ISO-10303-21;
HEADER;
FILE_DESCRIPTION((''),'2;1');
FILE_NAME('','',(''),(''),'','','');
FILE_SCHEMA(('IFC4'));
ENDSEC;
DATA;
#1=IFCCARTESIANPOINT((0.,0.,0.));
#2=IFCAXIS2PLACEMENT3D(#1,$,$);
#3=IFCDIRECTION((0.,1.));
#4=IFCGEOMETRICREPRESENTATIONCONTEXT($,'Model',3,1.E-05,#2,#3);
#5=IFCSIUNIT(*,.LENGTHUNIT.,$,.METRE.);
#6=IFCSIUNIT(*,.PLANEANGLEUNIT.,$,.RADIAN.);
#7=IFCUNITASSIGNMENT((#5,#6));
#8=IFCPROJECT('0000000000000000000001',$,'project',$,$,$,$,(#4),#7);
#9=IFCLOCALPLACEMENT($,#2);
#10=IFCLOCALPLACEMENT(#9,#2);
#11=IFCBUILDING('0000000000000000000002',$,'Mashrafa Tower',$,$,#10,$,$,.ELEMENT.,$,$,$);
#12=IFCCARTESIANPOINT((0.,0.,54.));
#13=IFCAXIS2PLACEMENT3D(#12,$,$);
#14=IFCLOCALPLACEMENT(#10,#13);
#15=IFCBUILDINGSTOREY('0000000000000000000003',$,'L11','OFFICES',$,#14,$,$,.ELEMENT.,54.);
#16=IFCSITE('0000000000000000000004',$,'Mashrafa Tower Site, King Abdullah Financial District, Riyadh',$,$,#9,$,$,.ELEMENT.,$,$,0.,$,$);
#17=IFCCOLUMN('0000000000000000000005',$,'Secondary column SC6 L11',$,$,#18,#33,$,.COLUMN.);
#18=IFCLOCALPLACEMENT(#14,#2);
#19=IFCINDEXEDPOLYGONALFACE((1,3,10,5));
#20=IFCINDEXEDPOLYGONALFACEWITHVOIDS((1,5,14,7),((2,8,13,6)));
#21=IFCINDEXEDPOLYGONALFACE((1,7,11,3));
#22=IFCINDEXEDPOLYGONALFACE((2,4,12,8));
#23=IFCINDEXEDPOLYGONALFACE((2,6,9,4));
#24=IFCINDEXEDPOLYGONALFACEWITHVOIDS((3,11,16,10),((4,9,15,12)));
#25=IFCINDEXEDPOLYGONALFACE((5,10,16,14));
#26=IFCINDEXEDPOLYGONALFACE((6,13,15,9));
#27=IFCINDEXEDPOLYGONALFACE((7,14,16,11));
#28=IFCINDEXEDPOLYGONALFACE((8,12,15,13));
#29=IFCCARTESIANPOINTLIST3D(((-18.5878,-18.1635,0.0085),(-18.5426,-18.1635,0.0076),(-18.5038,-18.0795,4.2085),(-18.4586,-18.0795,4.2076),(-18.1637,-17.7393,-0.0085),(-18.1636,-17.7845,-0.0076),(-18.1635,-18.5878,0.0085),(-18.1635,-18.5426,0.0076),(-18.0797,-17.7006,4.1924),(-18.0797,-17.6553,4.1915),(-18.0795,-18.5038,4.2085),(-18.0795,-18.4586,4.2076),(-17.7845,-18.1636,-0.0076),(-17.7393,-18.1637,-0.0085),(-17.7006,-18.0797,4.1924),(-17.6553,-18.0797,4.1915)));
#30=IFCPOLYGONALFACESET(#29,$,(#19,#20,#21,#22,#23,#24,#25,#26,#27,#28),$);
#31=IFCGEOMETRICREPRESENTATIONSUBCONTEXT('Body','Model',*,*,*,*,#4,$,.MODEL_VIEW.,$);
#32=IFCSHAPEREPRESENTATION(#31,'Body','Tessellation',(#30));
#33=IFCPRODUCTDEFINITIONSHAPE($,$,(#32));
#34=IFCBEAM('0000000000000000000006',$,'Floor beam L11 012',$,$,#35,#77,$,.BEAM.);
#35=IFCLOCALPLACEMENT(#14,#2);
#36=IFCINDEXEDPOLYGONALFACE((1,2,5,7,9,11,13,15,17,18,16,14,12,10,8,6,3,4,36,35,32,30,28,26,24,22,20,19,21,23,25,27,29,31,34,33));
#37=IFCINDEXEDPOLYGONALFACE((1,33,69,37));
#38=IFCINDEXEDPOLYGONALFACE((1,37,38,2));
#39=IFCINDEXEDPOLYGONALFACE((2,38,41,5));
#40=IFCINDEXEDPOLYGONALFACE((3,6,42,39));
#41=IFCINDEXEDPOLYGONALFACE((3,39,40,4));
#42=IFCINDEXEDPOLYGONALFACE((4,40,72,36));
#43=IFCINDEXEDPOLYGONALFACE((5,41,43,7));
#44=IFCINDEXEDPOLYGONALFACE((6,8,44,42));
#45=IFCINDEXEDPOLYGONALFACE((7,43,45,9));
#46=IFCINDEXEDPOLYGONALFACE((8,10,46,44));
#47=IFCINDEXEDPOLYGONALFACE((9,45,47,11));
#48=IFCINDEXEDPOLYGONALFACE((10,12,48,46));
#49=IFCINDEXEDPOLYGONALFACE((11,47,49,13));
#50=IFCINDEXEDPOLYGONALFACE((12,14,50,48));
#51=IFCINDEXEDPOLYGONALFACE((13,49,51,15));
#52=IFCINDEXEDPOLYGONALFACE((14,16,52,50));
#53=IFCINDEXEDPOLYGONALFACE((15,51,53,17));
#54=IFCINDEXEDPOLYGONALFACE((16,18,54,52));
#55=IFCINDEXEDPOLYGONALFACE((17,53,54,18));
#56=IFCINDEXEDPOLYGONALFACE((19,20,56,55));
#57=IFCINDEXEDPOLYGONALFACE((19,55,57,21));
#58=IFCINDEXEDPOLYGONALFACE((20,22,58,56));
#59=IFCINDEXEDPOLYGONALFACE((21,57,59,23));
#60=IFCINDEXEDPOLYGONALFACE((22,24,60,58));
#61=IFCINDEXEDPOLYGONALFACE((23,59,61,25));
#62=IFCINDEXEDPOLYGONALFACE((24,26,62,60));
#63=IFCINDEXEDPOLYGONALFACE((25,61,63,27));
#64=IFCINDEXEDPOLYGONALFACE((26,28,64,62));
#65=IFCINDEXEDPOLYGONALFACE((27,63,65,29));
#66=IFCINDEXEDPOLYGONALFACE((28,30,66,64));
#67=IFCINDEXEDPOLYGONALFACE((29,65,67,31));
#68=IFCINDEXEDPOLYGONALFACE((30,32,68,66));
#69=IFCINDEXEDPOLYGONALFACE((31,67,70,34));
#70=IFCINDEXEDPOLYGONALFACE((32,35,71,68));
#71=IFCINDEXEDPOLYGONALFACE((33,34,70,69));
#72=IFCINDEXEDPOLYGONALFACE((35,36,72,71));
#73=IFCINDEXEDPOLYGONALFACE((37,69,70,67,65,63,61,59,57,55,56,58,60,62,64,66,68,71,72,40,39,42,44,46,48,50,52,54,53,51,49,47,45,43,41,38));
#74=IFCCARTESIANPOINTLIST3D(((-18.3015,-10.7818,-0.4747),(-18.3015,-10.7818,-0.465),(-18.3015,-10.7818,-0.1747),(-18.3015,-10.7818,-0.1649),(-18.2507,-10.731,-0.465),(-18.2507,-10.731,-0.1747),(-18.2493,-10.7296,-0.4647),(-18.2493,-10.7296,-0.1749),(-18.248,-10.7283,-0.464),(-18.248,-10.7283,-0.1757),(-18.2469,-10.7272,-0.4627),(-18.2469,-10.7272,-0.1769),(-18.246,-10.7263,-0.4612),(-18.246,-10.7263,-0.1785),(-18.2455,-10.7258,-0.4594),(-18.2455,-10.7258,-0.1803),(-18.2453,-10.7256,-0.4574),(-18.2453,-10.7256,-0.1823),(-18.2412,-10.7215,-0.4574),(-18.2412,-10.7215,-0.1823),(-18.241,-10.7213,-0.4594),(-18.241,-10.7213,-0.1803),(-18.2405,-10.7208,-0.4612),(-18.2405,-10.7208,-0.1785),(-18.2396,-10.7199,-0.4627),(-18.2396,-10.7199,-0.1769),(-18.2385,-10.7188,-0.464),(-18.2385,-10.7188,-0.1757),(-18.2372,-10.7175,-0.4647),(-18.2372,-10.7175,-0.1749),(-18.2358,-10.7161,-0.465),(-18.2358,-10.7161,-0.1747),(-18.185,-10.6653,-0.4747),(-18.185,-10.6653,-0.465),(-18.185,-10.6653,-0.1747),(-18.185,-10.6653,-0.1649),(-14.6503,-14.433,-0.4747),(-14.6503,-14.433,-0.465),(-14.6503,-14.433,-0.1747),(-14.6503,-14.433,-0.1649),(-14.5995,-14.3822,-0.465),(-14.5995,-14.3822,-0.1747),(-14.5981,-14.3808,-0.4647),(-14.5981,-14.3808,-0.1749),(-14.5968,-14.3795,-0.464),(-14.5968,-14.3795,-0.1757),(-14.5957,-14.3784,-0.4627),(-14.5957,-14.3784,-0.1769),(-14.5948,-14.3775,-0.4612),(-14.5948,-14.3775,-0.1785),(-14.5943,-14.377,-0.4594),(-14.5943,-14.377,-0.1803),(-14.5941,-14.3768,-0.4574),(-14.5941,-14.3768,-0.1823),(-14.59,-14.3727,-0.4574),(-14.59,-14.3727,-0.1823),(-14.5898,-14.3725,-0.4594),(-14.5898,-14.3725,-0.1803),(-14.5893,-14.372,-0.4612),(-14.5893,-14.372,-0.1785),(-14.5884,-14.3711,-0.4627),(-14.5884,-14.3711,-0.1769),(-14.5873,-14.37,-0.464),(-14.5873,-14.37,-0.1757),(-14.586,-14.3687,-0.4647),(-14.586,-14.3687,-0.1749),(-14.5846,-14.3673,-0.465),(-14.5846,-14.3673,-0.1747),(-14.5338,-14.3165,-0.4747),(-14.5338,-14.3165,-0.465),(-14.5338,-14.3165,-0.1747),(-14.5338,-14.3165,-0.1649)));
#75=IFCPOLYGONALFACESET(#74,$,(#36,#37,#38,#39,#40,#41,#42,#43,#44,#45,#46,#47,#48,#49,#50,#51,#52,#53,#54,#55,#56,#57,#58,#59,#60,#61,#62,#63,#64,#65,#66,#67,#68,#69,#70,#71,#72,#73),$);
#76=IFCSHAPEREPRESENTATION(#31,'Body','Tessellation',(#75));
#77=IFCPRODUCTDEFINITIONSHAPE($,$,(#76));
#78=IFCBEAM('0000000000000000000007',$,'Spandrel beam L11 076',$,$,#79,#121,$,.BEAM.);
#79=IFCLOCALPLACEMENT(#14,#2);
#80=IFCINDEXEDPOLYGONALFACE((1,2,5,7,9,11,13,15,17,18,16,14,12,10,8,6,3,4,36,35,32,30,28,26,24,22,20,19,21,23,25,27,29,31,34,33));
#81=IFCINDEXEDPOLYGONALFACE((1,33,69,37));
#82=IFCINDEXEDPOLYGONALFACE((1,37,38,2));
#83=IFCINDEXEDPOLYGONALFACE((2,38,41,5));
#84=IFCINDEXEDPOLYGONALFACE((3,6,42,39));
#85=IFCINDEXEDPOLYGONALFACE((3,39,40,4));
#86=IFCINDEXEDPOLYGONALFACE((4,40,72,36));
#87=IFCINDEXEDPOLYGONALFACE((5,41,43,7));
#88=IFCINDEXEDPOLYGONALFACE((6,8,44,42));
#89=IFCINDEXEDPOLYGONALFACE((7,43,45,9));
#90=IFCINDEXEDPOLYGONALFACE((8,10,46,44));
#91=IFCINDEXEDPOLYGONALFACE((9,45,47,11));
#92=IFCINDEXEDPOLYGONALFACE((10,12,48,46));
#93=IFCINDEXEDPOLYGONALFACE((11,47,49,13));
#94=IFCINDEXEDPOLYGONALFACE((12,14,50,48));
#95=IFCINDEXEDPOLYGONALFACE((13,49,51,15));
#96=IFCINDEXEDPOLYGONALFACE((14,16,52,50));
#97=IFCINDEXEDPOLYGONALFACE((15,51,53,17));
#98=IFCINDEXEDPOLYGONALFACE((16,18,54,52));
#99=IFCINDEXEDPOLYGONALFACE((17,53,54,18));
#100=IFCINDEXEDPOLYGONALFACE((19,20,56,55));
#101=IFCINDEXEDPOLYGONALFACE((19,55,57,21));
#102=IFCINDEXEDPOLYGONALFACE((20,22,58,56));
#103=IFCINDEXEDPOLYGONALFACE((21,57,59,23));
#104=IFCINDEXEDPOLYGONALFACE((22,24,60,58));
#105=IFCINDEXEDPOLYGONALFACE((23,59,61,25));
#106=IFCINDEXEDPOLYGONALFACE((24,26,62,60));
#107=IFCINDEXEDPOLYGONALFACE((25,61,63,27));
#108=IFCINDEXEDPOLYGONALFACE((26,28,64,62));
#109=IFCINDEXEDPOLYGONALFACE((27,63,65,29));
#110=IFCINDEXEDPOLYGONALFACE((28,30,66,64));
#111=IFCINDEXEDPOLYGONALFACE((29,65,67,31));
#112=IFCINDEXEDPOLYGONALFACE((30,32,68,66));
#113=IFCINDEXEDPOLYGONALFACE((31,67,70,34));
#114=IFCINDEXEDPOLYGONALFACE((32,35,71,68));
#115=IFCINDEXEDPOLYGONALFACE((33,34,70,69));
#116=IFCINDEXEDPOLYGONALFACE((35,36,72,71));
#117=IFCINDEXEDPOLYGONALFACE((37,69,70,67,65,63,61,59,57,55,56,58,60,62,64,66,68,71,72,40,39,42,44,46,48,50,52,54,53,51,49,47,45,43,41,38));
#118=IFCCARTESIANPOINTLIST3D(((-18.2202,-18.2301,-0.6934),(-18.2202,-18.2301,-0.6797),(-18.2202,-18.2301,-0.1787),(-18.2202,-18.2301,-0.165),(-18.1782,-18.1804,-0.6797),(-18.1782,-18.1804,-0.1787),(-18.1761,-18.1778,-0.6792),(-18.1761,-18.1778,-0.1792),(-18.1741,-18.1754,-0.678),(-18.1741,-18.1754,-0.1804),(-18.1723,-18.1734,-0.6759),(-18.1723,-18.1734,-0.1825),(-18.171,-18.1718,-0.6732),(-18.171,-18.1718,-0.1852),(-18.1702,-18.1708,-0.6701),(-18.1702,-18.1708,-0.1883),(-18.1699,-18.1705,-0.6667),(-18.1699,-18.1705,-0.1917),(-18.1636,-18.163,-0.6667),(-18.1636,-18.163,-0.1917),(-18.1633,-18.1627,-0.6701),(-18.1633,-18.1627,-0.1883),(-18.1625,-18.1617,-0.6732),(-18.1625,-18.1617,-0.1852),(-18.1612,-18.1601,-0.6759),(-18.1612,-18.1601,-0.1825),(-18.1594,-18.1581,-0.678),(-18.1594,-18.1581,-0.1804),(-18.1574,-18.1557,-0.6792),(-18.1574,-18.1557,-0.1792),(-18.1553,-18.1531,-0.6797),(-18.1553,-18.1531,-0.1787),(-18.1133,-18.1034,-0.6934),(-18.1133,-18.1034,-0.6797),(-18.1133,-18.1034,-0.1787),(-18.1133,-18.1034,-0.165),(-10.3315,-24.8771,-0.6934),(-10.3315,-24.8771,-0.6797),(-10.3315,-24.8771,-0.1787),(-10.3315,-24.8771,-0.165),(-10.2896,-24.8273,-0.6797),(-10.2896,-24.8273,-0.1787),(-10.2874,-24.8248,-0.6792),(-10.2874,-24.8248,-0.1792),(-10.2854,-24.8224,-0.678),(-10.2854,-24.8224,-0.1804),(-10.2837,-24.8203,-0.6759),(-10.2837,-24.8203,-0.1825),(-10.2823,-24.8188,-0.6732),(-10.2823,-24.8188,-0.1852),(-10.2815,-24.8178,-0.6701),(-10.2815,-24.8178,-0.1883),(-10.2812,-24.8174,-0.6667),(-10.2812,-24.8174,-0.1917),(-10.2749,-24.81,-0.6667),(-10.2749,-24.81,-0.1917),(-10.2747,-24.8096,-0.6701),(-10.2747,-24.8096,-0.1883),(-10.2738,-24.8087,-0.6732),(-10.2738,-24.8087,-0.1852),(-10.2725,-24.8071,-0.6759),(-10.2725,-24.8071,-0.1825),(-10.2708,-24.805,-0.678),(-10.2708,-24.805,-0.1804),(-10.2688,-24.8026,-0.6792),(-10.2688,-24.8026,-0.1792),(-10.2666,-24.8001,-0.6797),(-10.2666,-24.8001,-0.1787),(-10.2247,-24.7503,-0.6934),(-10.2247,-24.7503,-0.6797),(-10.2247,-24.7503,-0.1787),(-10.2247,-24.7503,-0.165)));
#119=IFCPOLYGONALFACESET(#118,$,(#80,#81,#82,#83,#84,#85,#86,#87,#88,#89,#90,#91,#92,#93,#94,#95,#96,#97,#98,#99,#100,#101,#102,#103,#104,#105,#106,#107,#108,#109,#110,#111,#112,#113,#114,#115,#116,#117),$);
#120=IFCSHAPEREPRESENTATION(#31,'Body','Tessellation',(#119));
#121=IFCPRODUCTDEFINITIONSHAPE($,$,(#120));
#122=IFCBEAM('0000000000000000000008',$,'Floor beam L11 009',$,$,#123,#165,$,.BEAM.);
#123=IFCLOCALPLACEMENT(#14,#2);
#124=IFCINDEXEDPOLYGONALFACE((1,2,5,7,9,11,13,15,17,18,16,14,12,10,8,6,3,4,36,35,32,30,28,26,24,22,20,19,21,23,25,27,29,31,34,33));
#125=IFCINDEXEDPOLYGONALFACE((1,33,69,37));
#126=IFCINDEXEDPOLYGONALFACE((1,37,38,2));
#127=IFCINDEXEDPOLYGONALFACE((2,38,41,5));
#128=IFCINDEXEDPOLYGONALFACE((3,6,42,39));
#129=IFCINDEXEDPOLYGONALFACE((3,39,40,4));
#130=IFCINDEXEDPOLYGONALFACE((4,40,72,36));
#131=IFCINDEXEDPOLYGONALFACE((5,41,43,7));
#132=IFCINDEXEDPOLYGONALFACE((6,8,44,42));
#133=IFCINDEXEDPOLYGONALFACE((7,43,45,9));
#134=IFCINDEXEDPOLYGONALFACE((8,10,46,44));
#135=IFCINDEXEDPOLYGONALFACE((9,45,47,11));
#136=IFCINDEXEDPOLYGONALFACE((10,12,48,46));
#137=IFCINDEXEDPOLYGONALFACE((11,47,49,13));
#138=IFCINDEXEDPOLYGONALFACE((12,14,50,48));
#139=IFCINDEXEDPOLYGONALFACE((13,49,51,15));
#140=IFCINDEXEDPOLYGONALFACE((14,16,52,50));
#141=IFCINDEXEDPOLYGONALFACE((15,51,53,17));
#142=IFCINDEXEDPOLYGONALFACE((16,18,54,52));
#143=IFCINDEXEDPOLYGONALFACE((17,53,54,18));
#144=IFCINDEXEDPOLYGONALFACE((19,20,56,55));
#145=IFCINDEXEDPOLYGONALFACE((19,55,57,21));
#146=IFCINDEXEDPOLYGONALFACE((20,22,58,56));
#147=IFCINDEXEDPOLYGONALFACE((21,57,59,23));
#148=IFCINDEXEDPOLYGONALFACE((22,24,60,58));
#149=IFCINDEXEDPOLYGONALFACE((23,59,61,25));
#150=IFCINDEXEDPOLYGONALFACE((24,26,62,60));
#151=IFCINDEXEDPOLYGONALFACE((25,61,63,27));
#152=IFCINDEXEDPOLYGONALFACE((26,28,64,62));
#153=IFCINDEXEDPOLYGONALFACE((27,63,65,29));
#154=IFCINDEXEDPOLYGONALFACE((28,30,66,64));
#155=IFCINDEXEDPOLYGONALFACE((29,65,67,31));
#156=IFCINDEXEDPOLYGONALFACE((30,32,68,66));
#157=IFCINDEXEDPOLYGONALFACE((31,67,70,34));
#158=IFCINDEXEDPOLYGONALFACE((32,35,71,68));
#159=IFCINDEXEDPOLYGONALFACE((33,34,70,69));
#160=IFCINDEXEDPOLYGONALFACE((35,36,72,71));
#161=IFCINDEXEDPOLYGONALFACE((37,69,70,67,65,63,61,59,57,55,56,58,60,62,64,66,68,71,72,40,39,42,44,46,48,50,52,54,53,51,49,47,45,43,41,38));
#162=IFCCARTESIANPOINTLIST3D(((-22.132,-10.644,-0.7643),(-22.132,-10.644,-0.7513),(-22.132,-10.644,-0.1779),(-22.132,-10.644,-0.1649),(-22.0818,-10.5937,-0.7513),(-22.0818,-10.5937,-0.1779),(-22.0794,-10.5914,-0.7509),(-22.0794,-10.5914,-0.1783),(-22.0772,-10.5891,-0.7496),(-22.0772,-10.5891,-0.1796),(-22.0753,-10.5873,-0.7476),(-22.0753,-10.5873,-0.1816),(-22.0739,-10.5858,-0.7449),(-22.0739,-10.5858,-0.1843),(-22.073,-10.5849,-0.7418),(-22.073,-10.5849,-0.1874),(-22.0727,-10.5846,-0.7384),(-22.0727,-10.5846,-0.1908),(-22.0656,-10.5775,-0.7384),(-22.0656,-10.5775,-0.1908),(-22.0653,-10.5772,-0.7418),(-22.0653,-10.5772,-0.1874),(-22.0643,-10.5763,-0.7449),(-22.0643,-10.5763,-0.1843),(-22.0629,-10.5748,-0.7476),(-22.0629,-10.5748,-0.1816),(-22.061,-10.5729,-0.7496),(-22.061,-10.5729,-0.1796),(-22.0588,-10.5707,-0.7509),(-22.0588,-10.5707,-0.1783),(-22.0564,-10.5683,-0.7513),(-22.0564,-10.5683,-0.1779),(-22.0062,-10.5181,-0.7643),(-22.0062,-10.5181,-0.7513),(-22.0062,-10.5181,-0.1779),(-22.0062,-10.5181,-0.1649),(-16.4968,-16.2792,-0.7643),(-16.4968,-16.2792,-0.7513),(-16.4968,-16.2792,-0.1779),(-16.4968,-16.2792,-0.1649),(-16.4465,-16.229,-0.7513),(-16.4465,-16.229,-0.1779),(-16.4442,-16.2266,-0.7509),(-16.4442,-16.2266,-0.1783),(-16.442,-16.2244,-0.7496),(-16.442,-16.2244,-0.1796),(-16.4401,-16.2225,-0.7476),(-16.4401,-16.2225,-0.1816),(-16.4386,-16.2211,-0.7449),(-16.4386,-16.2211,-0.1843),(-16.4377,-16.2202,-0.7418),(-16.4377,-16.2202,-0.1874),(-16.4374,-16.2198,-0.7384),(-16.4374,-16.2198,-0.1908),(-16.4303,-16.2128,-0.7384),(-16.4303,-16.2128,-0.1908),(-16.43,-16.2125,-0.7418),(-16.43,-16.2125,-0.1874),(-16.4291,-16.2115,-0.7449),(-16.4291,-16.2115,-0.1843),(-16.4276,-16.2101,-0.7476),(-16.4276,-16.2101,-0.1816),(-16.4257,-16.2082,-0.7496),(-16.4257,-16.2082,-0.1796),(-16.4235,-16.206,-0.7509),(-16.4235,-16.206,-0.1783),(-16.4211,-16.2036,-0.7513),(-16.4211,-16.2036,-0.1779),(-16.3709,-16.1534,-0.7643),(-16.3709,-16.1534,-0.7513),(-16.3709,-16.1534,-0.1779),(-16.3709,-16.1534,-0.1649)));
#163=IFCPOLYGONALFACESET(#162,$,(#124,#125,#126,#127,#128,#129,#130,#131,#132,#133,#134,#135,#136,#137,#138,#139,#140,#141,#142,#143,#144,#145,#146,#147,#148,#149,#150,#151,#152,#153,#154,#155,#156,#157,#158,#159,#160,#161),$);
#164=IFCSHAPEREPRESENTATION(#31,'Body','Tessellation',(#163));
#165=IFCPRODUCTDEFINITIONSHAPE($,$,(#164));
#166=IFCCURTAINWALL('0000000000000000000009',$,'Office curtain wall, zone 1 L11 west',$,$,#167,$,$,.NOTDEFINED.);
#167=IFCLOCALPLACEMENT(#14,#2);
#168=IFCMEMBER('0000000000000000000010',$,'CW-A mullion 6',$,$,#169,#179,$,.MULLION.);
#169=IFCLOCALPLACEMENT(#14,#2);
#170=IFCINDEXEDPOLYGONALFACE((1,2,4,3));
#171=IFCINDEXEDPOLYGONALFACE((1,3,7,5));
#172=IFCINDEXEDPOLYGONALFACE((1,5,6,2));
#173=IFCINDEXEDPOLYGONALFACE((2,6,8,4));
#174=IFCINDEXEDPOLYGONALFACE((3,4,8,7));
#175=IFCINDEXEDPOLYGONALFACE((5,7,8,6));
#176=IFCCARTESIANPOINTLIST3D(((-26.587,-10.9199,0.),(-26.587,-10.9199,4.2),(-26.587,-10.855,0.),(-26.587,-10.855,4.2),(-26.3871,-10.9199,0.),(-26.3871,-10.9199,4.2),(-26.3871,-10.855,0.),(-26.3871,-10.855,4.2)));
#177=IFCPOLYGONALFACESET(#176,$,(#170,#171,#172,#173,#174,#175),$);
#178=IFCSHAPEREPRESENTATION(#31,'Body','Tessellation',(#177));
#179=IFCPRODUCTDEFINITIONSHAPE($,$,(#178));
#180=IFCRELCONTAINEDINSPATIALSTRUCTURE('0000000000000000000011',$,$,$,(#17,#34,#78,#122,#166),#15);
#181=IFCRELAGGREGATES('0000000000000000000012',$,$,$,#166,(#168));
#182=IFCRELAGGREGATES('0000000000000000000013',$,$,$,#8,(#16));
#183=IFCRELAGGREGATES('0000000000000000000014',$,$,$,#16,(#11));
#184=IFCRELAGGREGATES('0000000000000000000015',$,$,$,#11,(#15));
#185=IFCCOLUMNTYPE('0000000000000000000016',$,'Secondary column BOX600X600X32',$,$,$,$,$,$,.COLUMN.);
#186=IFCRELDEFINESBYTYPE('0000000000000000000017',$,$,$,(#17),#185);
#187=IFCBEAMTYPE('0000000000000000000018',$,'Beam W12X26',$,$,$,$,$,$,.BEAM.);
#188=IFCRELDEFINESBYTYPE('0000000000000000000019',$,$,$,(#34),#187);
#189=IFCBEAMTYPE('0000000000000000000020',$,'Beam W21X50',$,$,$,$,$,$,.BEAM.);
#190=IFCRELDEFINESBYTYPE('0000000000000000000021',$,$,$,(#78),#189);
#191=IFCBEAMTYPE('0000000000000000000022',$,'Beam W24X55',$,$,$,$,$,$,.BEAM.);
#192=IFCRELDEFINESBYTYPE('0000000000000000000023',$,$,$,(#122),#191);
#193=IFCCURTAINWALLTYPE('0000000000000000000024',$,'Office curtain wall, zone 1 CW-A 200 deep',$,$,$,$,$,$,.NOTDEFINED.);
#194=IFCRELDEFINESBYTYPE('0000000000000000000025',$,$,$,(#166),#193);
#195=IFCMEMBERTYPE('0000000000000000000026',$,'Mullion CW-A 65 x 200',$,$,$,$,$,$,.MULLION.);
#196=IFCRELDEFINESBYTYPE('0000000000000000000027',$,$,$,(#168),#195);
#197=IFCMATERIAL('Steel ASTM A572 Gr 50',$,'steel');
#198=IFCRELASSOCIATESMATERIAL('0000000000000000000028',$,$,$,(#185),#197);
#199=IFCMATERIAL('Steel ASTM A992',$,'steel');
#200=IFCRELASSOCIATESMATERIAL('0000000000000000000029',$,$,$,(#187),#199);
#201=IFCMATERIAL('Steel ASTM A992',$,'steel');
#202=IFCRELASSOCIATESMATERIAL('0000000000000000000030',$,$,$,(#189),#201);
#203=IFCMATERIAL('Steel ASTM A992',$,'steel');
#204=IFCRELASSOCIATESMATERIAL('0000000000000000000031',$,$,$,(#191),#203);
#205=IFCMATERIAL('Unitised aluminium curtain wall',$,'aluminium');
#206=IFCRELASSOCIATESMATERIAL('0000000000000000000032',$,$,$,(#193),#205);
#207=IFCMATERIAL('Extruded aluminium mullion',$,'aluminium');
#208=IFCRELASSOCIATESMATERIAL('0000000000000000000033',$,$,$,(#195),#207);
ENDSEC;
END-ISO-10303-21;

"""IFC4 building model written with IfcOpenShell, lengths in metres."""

from ifc_helpers import new_model, si_unit, direction, frame, origin, origin_2d, place, context, subcontext, project, spatial, rectangle, hollow_rectangle, i_section, extrude, source, transform, mapped, material, material_profile, profile_set, type_object, type_shapes, element, aggregate, save


model = new_model("IFC4")

# Units and contexts
model_context = context("Model", 3, precision=1e-05, world=origin(), true_north=direction((0.0, 1.0)))
body_context = subcontext(model_context, "Body", "Model", "MODEL_VIEW")
ifc_project = project(units=[si_unit("LENGTHUNIT", "METRE"), si_unit("PLANEANGLEUNIT", "RADIAN")], contexts=[model_context])

# Site, building, storey
site_placement = place(None, origin())
site = spatial("IfcSite", under=ifc_project, at=site_placement, Name="Mashrafa Tower Site, King Abdullah Financial District, Riyadh", CompositionType="ELEMENT", RefElevation=0.0)
building_placement = place(site_placement, origin())
building = spatial("IfcBuilding", under=site, at=building_placement, Name="Mashrafa Tower", CompositionType="ELEMENT")
storey_placement = place(building_placement, frame((0.0, 0.0, 54.0)))
storey = spatial("IfcBuildingStorey", under=building, at=storey_placement, Name="L11", Description="OFFICES", CompositionType="ELEMENT", Elevation=54.0)

# Column
ifc_material_1 = material(Name="Steel ASTM A572 Gr 50", Category="steel")
ifc_material_profile_1 = material_profile(ifc_material_1, hollow_rectangle(XDim=0.6001, YDim=0.6001, WallThickness=0.032, at=origin_2d()), Name="BOX600X600X32")
ifc_profile_set_1 = profile_set([ifc_material_profile_1], Name="Steel ASTM A572 Gr 50")
column_type = type_object("IfcColumnType", Name="Secondary column BOX600X600X32", PredefinedType="COLUMN", material=ifc_profile_set_1)
column_placement = place(storey_placement, frame((-18.1636, -18.1636, 0.0), z_axis=(0.019989, 0.019989, 0.9996), x_axis=(-0.707107, 0.707107, 0.0)))
element("IfcColumn", 1, at=column_placement, inside=storey, type_object=column_type, Name="Secondary column SC6 L11", PredefinedType="COLUMN", context=body_context, shape_type="SweptSolid", body=[
    extrude(hollow_rectangle(XDim=0.6001, YDim=0.6001, WallThickness=0.032, at=origin_2d()), origin(), (0.0, 0.0, 1.0), 4.2017),
])

# Beams
ifc_material_2 = material(Name="Steel ASTM A992", Category="steel")
ifc_material_profile_2 = material_profile(ifc_material_2, i_section(OverallWidth=0.1648, OverallDepth=0.3098, WebThickness=0.0059, FlangeThickness=0.0098, FilletRadius=0.0076, at=origin_2d()), Name="W12X26")
ifc_profile_set_2 = profile_set([ifc_material_profile_2], Name="Steel ASTM A992")
beam_type_1 = type_object("IfcBeamType", Name="Beam W12X26", PredefinedType="BEAM", material=ifc_profile_set_2)
beam_1_placement = place(storey_placement, frame((-14.592, -14.3748, -0.3198), z_axis=(-0.707107, 0.707107, 0.0), x_axis=(-0.707107, -0.707107, 0.0)))
element("IfcBeam", 2, at=beam_1_placement, inside=storey, type_object=beam_type_1, Name="Floor beam L11 012", PredefinedType="BEAM", context=body_context, shape_type="SweptSolid", body=[
    extrude(i_section(OverallWidth=0.1648, OverallDepth=0.3098, WebThickness=0.0059, FlangeThickness=0.0098, FilletRadius=0.0076, at=origin_2d()), origin(), (0.0, 0.0, 1.0), 5.1636),
])
ifc_material_3 = material(Name="Steel ASTM A992", Category="steel")
ifc_material_profile_3 = material_profile(ifc_material_3, i_section(OverallWidth=0.1658, OverallDepth=0.5283, WebThickness=0.0098, FlangeThickness=0.0137, FilletRadius=0.0129, at=origin_2d()), Name="W21X50")
ifc_profile_set_3 = profile_set([ifc_material_profile_3], Name="Steel ASTM A992")
beam_type_2 = type_object("IfcBeamType", Name="Beam W21X50", PredefinedType="BEAM", material=ifc_profile_set_3)
beam_2_placement = place(storey_placement, frame((-18.1667, -18.1667, -0.4292), z_axis=(0.764726, -0.644356, 0.0), x_axis=(0.644356, 0.764726, 0.0)))
element("IfcBeam", 3, at=beam_2_placement, inside=storey, type_object=beam_type_2, Name="Spandrel beam L11 076", PredefinedType="BEAM", context=body_context, shape_type="SweptSolid", body=[
    extrude(i_section(OverallWidth=0.1658, OverallDepth=0.5283, WebThickness=0.0098, FlangeThickness=0.0137, FilletRadius=0.0129, at=origin_2d()), origin(), (0.0, 0.0, 1.0), 10.3157),
])
ifc_material_4 = material(Name="Steel ASTM A992", Category="steel")
ifc_material_profile_4 = material_profile(ifc_material_4, i_section(OverallWidth=0.178, OverallDepth=0.5994, WebThickness=0.01, FlangeThickness=0.0129, FilletRadius=0.0129, at=origin_2d()), Name="W24X55")
ifc_profile_set_4 = profile_set([ifc_material_profile_4], Name="Steel ASTM A992")
beam_type_3 = type_object("IfcBeamType", Name="Beam W24X55", PredefinedType="BEAM", material=ifc_profile_set_4)
beam_3_placement = place(storey_placement, frame((-16.4338, -16.2163, -0.4646), z_axis=(-0.707107, 0.707107, 0.0), x_axis=(-0.707107, -0.707107, 0.0)))
element("IfcBeam", 4, at=beam_3_placement, inside=storey, type_object=beam_type_3, Name="Floor beam L11 009", PredefinedType="BEAM", context=body_context, shape_type="SweptSolid", body=[
    extrude(i_section(OverallWidth=0.178, OverallDepth=0.5994, WebThickness=0.01, FlangeThickness=0.0129, FilletRadius=0.0129, at=origin_2d()), origin(), (0.0, 0.0, 1.0), 7.9695),
])

# Curtain wall, member
ifc_material_5 = material(Name="Unitised aluminium curtain wall", Category="aluminium")
curtain_wall_type = type_object("IfcCurtainWallType", Name="Office curtain wall, zone 1 CW-A 200 deep", PredefinedType="NOTDEFINED", material=ifc_material_5)
curtain_wall_1_placement = place(storey_placement, origin())
curtain_wall_1 = element("IfcCurtainWall", 5, at=curtain_wall_1_placement, inside=storey, type_object=curtain_wall_type, Name="Office curtain wall, zone 1 L11 west", PredefinedType="NOTDEFINED")
ifc_material_6 = material(Name="Extruded aluminium mullion", Category="aluminium")
ifc_material_profile_5 = material_profile(ifc_material_6, rectangle(XDim=0.2, YDim=0.0649, at=origin_2d()), Name="Mullion 65x200")
ifc_profile_set_5 = profile_set([ifc_material_profile_5], Name="Extruded aluminium mullion")
member_type_1 = type_object("IfcMemberType", Name="Mullion CW-A 65 x 200", PredefinedType="MULLION", material=ifc_profile_set_5)
shared_shape_1 = source(origin(), body_context, "Body", "SweptSolid", [
    extrude(rectangle(XDim=0.2, YDim=0.0649, at=origin_2d()), origin(), (0.0, 0.0, 1.0), 4.2),
])
type_shapes(member_type_1, [shared_shape_1])
member_1_placement = place(storey_placement, frame((-26.4871, -10.8875, 0.0), z_axis=(0.0, 0.0, 1.0), x_axis=(1.0, 0.0, 0.0)))
member_1 = element("IfcMember", 6, at=member_1_placement, type_object=member_type_1, Name="CW-A mullion 6", PredefinedType="MULLION", context=body_context, shape_type="MappedRepresentation", body=[
    mapped(shared_shape_1, transform((0.0, 0.0, 0.0))),
])
aggregate(curtain_wall_1, [member_1])

save(model, "model.ifc")
